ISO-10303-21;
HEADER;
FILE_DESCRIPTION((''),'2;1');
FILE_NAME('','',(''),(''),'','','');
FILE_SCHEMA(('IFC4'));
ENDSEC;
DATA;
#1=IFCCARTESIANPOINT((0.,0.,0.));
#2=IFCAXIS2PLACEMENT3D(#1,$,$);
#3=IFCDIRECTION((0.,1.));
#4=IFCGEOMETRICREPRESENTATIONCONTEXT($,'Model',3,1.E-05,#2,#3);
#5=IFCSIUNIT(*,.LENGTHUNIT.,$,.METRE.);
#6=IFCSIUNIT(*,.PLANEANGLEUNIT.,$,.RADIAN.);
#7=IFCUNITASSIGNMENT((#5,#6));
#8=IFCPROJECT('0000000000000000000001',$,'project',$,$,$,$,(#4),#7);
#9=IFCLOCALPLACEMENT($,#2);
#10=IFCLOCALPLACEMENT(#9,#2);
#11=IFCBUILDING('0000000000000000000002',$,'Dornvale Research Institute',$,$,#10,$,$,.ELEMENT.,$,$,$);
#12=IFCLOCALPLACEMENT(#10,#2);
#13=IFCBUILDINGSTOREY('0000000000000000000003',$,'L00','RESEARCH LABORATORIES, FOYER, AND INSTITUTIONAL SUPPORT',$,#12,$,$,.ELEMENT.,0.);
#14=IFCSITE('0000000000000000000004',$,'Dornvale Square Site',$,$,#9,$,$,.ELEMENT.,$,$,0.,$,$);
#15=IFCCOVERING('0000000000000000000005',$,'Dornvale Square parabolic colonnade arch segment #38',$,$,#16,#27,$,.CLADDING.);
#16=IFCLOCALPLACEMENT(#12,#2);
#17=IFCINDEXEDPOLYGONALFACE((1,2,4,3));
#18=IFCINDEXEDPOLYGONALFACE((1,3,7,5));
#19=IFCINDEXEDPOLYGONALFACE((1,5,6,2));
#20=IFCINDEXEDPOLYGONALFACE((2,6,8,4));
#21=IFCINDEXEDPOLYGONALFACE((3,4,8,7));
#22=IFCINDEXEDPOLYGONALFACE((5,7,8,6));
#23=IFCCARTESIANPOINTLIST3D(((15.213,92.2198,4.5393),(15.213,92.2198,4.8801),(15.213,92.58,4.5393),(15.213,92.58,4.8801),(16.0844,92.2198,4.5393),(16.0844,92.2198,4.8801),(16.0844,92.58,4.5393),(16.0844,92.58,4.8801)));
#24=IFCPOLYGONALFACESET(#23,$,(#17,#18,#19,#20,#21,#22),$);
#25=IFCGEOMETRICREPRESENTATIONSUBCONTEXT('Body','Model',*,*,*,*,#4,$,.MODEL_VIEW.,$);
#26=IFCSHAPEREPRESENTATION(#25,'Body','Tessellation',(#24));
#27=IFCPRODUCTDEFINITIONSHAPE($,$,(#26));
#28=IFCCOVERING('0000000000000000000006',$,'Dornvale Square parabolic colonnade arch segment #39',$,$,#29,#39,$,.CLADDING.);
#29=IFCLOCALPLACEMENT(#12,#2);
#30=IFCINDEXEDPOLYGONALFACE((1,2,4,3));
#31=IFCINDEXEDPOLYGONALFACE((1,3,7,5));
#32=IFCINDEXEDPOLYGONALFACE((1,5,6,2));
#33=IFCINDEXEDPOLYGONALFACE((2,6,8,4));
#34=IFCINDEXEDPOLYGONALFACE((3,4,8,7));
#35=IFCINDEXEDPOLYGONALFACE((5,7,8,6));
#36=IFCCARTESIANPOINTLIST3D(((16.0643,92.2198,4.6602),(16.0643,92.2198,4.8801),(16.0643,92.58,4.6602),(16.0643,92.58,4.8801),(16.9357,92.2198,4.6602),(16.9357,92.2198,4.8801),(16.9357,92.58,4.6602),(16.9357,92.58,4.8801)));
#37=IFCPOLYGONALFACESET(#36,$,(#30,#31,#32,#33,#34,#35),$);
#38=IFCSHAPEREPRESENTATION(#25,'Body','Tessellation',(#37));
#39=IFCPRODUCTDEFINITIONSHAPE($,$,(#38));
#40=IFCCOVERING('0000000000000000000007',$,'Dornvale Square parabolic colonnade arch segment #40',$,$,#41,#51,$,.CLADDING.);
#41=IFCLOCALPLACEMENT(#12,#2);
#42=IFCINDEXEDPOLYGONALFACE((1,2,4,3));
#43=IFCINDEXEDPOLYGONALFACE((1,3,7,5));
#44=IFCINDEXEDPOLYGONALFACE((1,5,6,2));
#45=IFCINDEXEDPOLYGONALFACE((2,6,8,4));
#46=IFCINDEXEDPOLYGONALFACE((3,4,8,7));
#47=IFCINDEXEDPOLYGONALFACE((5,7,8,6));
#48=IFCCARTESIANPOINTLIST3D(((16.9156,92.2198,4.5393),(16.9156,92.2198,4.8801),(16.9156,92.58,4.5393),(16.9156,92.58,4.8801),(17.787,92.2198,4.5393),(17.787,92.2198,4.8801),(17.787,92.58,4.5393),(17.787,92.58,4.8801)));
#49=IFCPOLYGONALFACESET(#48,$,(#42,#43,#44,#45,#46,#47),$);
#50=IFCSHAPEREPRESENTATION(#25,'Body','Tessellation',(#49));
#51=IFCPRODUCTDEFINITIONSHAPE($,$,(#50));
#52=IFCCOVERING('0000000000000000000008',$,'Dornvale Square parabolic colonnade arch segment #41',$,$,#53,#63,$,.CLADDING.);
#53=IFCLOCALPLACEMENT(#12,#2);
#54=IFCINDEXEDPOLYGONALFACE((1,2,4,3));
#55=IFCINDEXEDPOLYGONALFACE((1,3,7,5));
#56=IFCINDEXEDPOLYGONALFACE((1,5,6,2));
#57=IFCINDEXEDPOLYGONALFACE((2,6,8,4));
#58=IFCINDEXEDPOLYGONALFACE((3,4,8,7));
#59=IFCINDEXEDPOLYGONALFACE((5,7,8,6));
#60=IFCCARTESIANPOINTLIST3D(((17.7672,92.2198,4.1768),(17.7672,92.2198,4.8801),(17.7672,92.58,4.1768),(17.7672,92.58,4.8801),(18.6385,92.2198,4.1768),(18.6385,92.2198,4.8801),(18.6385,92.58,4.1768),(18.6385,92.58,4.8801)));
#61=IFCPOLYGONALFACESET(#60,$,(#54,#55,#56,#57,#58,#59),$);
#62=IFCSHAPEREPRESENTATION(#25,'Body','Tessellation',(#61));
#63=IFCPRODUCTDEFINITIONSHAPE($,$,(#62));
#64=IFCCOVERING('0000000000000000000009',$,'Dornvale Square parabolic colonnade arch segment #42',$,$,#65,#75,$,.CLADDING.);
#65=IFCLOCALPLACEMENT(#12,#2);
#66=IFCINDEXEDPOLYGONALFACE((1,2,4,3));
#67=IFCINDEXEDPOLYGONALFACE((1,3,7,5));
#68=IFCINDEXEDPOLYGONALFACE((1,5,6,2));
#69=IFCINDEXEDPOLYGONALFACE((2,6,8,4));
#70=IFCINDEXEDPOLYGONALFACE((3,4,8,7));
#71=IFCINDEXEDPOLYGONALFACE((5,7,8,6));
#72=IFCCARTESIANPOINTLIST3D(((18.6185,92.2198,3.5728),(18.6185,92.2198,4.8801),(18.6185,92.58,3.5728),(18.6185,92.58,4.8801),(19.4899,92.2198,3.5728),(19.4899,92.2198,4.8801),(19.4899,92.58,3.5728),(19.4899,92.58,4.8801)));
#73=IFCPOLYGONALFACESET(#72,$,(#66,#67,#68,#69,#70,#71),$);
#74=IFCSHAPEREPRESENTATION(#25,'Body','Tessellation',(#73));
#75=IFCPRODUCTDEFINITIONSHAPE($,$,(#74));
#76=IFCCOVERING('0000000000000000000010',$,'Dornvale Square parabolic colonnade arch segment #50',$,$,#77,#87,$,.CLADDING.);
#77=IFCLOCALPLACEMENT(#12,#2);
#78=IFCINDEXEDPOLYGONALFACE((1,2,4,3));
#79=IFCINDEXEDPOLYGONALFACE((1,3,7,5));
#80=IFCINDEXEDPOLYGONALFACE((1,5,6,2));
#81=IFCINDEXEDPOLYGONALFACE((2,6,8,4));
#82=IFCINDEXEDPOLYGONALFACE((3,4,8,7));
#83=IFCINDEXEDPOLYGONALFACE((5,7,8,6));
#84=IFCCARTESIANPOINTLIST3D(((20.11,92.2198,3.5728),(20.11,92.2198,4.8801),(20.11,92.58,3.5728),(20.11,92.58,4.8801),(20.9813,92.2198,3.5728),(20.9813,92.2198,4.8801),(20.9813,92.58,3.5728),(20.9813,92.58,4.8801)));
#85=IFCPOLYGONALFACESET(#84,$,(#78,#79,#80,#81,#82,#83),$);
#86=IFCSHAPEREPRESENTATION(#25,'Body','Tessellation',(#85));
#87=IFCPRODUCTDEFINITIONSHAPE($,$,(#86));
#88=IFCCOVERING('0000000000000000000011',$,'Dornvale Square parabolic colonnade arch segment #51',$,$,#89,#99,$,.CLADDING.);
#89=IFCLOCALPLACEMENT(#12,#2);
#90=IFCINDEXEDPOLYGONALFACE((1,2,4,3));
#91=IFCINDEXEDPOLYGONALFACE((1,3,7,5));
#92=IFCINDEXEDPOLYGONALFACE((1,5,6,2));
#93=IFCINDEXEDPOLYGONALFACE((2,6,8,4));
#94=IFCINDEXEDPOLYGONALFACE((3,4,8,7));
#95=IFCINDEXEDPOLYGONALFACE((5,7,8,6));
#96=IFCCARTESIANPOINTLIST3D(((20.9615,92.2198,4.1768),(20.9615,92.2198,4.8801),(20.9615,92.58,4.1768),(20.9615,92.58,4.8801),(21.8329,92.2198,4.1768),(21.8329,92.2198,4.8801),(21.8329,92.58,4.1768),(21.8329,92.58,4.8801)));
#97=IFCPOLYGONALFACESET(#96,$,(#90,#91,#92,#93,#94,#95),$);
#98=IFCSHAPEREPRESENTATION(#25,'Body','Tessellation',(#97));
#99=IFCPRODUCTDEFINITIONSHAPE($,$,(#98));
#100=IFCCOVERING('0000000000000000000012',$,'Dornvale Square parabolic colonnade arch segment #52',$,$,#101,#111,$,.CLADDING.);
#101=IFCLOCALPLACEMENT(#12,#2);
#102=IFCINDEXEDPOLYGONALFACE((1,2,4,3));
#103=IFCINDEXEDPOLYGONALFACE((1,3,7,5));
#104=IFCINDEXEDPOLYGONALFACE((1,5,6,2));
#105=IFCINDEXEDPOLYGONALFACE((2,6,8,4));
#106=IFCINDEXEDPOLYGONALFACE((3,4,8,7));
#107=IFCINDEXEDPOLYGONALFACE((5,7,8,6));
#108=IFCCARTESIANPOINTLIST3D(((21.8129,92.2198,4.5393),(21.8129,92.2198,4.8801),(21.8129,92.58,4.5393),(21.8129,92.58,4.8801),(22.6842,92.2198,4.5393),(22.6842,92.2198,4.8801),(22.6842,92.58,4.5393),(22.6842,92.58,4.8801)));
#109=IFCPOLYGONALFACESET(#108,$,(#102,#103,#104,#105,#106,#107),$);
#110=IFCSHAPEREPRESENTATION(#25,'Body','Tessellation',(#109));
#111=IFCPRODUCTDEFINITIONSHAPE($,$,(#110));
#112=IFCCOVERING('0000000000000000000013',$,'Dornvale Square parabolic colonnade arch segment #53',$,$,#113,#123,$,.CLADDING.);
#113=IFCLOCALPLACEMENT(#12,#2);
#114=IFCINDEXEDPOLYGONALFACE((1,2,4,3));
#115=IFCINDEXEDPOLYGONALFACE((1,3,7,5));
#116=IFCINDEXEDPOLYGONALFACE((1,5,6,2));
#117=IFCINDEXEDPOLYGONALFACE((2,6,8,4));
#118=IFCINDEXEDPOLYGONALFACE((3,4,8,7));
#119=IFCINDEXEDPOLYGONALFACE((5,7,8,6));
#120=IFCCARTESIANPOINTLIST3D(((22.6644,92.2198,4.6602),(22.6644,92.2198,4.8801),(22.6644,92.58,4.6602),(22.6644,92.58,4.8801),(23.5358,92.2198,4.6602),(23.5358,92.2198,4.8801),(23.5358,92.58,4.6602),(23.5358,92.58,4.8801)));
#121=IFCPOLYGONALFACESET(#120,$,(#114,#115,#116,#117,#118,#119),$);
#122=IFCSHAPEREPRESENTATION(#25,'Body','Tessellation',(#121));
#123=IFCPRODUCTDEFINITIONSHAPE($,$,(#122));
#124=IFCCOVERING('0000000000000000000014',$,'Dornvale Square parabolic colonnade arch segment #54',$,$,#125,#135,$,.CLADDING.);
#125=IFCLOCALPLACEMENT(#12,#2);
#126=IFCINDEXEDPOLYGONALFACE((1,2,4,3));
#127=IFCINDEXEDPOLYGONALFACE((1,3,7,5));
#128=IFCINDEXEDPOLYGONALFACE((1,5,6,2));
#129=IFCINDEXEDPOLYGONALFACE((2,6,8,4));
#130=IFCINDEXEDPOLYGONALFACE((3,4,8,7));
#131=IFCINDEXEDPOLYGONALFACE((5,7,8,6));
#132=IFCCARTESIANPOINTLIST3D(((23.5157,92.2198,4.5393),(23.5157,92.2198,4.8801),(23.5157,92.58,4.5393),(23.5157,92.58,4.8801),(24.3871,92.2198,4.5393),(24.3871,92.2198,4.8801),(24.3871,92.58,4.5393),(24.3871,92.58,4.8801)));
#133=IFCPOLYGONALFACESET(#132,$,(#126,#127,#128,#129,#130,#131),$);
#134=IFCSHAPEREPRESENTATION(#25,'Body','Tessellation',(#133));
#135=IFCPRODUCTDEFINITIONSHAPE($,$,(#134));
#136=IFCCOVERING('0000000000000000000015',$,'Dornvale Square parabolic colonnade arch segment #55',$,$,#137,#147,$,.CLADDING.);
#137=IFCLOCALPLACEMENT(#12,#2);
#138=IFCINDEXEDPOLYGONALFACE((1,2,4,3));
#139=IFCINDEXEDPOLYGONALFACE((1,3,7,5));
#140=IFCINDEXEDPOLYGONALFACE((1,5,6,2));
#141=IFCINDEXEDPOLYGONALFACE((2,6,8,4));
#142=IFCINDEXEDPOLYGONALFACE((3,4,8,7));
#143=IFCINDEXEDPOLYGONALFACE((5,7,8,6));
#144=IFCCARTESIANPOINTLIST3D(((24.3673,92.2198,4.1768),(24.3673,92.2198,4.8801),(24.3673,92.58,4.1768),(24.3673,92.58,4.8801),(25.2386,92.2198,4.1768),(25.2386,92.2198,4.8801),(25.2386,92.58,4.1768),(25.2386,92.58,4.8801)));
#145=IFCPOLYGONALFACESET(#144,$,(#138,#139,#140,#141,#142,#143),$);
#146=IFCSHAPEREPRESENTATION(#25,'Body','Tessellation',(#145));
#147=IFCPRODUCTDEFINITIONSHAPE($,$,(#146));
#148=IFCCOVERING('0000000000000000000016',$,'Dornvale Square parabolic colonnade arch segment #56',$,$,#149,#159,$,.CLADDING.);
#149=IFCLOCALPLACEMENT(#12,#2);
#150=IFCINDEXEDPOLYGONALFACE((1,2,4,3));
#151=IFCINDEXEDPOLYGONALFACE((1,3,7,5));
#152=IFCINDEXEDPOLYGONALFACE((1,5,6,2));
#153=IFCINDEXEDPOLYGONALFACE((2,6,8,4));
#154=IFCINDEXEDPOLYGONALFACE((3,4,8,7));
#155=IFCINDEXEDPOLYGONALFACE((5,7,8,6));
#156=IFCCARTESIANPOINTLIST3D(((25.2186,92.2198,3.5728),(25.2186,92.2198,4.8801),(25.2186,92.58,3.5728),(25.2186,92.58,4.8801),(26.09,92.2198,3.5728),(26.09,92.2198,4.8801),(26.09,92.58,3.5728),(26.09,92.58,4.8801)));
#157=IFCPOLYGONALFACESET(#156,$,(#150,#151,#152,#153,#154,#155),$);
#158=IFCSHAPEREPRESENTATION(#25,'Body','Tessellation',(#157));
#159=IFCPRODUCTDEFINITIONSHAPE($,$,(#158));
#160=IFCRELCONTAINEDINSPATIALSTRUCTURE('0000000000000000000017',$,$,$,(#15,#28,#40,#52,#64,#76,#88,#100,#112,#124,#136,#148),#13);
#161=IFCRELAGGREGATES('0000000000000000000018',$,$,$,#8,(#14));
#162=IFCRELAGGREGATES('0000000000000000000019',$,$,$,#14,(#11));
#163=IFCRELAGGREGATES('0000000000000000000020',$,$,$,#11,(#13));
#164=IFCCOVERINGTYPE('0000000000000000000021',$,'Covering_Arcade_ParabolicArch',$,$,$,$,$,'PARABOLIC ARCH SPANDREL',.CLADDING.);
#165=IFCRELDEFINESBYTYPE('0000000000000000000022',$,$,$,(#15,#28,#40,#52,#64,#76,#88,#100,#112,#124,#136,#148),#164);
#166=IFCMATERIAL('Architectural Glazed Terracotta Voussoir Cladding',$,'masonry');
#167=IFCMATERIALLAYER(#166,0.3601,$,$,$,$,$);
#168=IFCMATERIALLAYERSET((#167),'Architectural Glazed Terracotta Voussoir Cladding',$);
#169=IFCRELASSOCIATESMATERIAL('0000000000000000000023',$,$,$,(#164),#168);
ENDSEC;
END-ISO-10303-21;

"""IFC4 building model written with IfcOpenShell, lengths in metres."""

from ifc_helpers import new_model, si_unit, direction, frame, origin, origin_2d, place, context, subcontext, project, spatial, rectangle, extrude, material, layer, layer_set, type_object, element, save


model = new_model("IFC4")

# Units and contexts
model_context = context("Model", 3, precision=1e-05, world=origin(), true_north=direction((0.0, 1.0)))
body_context = subcontext(model_context, "Body", "Model", "MODEL_VIEW")
ifc_project = project(units=[si_unit("LENGTHUNIT", "METRE"), si_unit("PLANEANGLEUNIT", "RADIAN")], contexts=[model_context])

# Site, building, storey
site_placement = place(None, origin())
site = spatial("IfcSite", under=ifc_project, at=site_placement, Name="Dornvale Square Site", CompositionType="ELEMENT", RefElevation=0.0)
building_placement = place(site_placement, origin())
building = spatial("IfcBuilding", under=site, at=building_placement, Name="Dornvale Research Institute", CompositionType="ELEMENT")
storey_placement = place(building_placement, origin())
storey = spatial("IfcBuildingStorey", under=building, at=storey_placement, Name="L00", Description="RESEARCH LABORATORIES, FOYER, AND INSTITUTIONAL SUPPORT", CompositionType="ELEMENT", Elevation=0.0)

# Coverings
ifc_material_1 = material(Name="Architectural Glazed Terracotta Voussoir Cladding", Category="masonry")
ifc_layer_1 = layer(ifc_material_1, 0.3601)
ifc_layer_set_1 = layer_set([ifc_layer_1], Name="Architectural Glazed Terracotta Voussoir Cladding")
covering_type = type_object("IfcCoveringType", Name="Covering_Arcade_ParabolicArch", ElementType="PARABOLIC ARCH SPANDREL", PredefinedType="CLADDING", material=ifc_layer_set_1)
covering_1_placement = place(storey_placement, frame((15.6487, 92.3999, 4.5393), z_axis=(0.0, 0.0, 1.0), x_axis=(1.0, 0.0, 0.0)))
element("IfcCovering", 1, at=covering_1_placement, inside=storey, type_object=covering_type, Name="Dornvale Square parabolic colonnade arch segment #38", PredefinedType="CLADDING", context=body_context, shape_type="SweptSolid", body=[
    extrude(rectangle(XDim=0.8713, YDim=0.3601, at=origin_2d()), origin(), (0.0, 0.0, 1.0), 0.3408),
])
covering_2_placement = place(storey_placement, frame((16.5, 92.3999, 4.6602), z_axis=(0.0, 0.0, 1.0), x_axis=(1.0, 0.0, 0.0)))
element("IfcCovering", 2, at=covering_2_placement, inside=storey, type_object=covering_type, Name="Dornvale Square parabolic colonnade arch segment #39", PredefinedType="CLADDING", context=body_context, shape_type="SweptSolid", body=[
    extrude(rectangle(XDim=0.8713, YDim=0.3601, at=origin_2d()), origin(), (0.0, 0.0, 1.0), 0.22),
])
covering_3_placement = place(storey_placement, frame((17.3513, 92.3999, 4.5393), z_axis=(0.0, 0.0, 1.0), x_axis=(1.0, 0.0, 0.0)))
element("IfcCovering", 3, at=covering_3_placement, inside=storey, type_object=covering_type, Name="Dornvale Square parabolic colonnade arch segment #40", PredefinedType="CLADDING", context=body_context, shape_type="SweptSolid", body=[
    extrude(rectangle(XDim=0.8713, YDim=0.3601, at=origin_2d()), origin(), (0.0, 0.0, 1.0), 0.3408),
])
covering_4_placement = place(storey_placement, frame((18.2029, 92.3999, 4.1768), z_axis=(0.0, 0.0, 1.0), x_axis=(1.0, 0.0, 0.0)))
element("IfcCovering", 4, at=covering_4_placement, inside=storey, type_object=covering_type, Name="Dornvale Square parabolic colonnade arch segment #41", PredefinedType="CLADDING", context=body_context, shape_type="SweptSolid", body=[
    extrude(rectangle(XDim=0.8713, YDim=0.3601, at=origin_2d()), origin(), (0.0, 0.0, 1.0), 0.7034),
])
for number, where, z_axis, x_axis, name in (
    (5, (19.0542, 92.3999, 3.5728), (0.0, 0.0, 1.0), (1.0, 0.0, 0.0), "Dornvale Square parabolic colonnade arch segment #42"),
    (6, (20.5457, 92.3999, 3.5728), (0.0, 0.0, 1.0), (1.0, 0.0, 0.0), "Dornvale Square parabolic colonnade arch segment #50"),
):
    element("IfcCovering", number, at=place(storey_placement, frame(where, z_axis=z_axis, x_axis=x_axis)), inside=storey, type_object=covering_type, Name=name, PredefinedType="CLADDING", context=body_context, shape_type="SweptSolid", body=[
        extrude(rectangle(XDim=0.8713, YDim=0.3601, at=origin_2d()), origin(), (0.0, 0.0, 1.0), 1.3074),
    ])
covering_5_placement = place(storey_placement, frame((21.3972, 92.3999, 4.1768), z_axis=(0.0, 0.0, 1.0), x_axis=(1.0, 0.0, 0.0)))
element("IfcCovering", 7, at=covering_5_placement, inside=storey, type_object=covering_type, Name="Dornvale Square parabolic colonnade arch segment #51", PredefinedType="CLADDING", context=body_context, shape_type="SweptSolid", body=[
    extrude(rectangle(XDim=0.8713, YDim=0.3601, at=origin_2d()), origin(), (0.0, 0.0, 1.0), 0.7034),
])
covering_6_placement = place(storey_placement, frame((22.2485, 92.3999, 4.5393), z_axis=(0.0, 0.0, 1.0), x_axis=(1.0, 0.0, 0.0)))
element("IfcCovering", 8, at=covering_6_placement, inside=storey, type_object=covering_type, Name="Dornvale Square parabolic colonnade arch segment #52", PredefinedType="CLADDING", context=body_context, shape_type="SweptSolid", body=[
    extrude(rectangle(XDim=0.8713, YDim=0.3601, at=origin_2d()), origin(), (0.0, 0.0, 1.0), 0.3408),
])
covering_7_placement = place(storey_placement, frame((23.1001, 92.3999, 4.6602), z_axis=(0.0, 0.0, 1.0), x_axis=(1.0, 0.0, 0.0)))
element("IfcCovering", 9, at=covering_7_placement, inside=storey, type_object=covering_type, Name="Dornvale Square parabolic colonnade arch segment #53", PredefinedType="CLADDING", context=body_context, shape_type="SweptSolid", body=[
    extrude(rectangle(XDim=0.8713, YDim=0.3601, at=origin_2d()), origin(), (0.0, 0.0, 1.0), 0.22),
])
covering_8_placement = place(storey_placement, frame((23.9514, 92.3999, 4.5393), z_axis=(0.0, 0.0, 1.0), x_axis=(1.0, 0.0, 0.0)))
element("IfcCovering", 10, at=covering_8_placement, inside=storey, type_object=covering_type, Name="Dornvale Square parabolic colonnade arch segment #54", PredefinedType="CLADDING", context=body_context, shape_type="SweptSolid", body=[
    extrude(rectangle(XDim=0.8713, YDim=0.3601, at=origin_2d()), origin(), (0.0, 0.0, 1.0), 0.3408),
])
covering_9_placement = place(storey_placement, frame((24.803, 92.3999, 4.1768), z_axis=(0.0, 0.0, 1.0), x_axis=(1.0, 0.0, 0.0)))
element("IfcCovering", 11, at=covering_9_placement, inside=storey, type_object=covering_type, Name="Dornvale Square parabolic colonnade arch segment #55", PredefinedType="CLADDING", context=body_context, shape_type="SweptSolid", body=[
    extrude(rectangle(XDim=0.8713, YDim=0.3601, at=origin_2d()), origin(), (0.0, 0.0, 1.0), 0.7034),
])
covering_10_placement = place(storey_placement, frame((25.6543, 92.3999, 3.5728), z_axis=(0.0, 0.0, 1.0), x_axis=(1.0, 0.0, 0.0)))
element("IfcCovering", 12, at=covering_10_placement, inside=storey, type_object=covering_type, Name="Dornvale Square parabolic colonnade arch segment #56", PredefinedType="CLADDING", context=body_context, shape_type="SweptSolid", body=[
    extrude(rectangle(XDim=0.8713, YDim=0.3601, at=origin_2d()), origin(), (0.0, 0.0, 1.0), 1.3074),
])

save(model, "model.ifc")
